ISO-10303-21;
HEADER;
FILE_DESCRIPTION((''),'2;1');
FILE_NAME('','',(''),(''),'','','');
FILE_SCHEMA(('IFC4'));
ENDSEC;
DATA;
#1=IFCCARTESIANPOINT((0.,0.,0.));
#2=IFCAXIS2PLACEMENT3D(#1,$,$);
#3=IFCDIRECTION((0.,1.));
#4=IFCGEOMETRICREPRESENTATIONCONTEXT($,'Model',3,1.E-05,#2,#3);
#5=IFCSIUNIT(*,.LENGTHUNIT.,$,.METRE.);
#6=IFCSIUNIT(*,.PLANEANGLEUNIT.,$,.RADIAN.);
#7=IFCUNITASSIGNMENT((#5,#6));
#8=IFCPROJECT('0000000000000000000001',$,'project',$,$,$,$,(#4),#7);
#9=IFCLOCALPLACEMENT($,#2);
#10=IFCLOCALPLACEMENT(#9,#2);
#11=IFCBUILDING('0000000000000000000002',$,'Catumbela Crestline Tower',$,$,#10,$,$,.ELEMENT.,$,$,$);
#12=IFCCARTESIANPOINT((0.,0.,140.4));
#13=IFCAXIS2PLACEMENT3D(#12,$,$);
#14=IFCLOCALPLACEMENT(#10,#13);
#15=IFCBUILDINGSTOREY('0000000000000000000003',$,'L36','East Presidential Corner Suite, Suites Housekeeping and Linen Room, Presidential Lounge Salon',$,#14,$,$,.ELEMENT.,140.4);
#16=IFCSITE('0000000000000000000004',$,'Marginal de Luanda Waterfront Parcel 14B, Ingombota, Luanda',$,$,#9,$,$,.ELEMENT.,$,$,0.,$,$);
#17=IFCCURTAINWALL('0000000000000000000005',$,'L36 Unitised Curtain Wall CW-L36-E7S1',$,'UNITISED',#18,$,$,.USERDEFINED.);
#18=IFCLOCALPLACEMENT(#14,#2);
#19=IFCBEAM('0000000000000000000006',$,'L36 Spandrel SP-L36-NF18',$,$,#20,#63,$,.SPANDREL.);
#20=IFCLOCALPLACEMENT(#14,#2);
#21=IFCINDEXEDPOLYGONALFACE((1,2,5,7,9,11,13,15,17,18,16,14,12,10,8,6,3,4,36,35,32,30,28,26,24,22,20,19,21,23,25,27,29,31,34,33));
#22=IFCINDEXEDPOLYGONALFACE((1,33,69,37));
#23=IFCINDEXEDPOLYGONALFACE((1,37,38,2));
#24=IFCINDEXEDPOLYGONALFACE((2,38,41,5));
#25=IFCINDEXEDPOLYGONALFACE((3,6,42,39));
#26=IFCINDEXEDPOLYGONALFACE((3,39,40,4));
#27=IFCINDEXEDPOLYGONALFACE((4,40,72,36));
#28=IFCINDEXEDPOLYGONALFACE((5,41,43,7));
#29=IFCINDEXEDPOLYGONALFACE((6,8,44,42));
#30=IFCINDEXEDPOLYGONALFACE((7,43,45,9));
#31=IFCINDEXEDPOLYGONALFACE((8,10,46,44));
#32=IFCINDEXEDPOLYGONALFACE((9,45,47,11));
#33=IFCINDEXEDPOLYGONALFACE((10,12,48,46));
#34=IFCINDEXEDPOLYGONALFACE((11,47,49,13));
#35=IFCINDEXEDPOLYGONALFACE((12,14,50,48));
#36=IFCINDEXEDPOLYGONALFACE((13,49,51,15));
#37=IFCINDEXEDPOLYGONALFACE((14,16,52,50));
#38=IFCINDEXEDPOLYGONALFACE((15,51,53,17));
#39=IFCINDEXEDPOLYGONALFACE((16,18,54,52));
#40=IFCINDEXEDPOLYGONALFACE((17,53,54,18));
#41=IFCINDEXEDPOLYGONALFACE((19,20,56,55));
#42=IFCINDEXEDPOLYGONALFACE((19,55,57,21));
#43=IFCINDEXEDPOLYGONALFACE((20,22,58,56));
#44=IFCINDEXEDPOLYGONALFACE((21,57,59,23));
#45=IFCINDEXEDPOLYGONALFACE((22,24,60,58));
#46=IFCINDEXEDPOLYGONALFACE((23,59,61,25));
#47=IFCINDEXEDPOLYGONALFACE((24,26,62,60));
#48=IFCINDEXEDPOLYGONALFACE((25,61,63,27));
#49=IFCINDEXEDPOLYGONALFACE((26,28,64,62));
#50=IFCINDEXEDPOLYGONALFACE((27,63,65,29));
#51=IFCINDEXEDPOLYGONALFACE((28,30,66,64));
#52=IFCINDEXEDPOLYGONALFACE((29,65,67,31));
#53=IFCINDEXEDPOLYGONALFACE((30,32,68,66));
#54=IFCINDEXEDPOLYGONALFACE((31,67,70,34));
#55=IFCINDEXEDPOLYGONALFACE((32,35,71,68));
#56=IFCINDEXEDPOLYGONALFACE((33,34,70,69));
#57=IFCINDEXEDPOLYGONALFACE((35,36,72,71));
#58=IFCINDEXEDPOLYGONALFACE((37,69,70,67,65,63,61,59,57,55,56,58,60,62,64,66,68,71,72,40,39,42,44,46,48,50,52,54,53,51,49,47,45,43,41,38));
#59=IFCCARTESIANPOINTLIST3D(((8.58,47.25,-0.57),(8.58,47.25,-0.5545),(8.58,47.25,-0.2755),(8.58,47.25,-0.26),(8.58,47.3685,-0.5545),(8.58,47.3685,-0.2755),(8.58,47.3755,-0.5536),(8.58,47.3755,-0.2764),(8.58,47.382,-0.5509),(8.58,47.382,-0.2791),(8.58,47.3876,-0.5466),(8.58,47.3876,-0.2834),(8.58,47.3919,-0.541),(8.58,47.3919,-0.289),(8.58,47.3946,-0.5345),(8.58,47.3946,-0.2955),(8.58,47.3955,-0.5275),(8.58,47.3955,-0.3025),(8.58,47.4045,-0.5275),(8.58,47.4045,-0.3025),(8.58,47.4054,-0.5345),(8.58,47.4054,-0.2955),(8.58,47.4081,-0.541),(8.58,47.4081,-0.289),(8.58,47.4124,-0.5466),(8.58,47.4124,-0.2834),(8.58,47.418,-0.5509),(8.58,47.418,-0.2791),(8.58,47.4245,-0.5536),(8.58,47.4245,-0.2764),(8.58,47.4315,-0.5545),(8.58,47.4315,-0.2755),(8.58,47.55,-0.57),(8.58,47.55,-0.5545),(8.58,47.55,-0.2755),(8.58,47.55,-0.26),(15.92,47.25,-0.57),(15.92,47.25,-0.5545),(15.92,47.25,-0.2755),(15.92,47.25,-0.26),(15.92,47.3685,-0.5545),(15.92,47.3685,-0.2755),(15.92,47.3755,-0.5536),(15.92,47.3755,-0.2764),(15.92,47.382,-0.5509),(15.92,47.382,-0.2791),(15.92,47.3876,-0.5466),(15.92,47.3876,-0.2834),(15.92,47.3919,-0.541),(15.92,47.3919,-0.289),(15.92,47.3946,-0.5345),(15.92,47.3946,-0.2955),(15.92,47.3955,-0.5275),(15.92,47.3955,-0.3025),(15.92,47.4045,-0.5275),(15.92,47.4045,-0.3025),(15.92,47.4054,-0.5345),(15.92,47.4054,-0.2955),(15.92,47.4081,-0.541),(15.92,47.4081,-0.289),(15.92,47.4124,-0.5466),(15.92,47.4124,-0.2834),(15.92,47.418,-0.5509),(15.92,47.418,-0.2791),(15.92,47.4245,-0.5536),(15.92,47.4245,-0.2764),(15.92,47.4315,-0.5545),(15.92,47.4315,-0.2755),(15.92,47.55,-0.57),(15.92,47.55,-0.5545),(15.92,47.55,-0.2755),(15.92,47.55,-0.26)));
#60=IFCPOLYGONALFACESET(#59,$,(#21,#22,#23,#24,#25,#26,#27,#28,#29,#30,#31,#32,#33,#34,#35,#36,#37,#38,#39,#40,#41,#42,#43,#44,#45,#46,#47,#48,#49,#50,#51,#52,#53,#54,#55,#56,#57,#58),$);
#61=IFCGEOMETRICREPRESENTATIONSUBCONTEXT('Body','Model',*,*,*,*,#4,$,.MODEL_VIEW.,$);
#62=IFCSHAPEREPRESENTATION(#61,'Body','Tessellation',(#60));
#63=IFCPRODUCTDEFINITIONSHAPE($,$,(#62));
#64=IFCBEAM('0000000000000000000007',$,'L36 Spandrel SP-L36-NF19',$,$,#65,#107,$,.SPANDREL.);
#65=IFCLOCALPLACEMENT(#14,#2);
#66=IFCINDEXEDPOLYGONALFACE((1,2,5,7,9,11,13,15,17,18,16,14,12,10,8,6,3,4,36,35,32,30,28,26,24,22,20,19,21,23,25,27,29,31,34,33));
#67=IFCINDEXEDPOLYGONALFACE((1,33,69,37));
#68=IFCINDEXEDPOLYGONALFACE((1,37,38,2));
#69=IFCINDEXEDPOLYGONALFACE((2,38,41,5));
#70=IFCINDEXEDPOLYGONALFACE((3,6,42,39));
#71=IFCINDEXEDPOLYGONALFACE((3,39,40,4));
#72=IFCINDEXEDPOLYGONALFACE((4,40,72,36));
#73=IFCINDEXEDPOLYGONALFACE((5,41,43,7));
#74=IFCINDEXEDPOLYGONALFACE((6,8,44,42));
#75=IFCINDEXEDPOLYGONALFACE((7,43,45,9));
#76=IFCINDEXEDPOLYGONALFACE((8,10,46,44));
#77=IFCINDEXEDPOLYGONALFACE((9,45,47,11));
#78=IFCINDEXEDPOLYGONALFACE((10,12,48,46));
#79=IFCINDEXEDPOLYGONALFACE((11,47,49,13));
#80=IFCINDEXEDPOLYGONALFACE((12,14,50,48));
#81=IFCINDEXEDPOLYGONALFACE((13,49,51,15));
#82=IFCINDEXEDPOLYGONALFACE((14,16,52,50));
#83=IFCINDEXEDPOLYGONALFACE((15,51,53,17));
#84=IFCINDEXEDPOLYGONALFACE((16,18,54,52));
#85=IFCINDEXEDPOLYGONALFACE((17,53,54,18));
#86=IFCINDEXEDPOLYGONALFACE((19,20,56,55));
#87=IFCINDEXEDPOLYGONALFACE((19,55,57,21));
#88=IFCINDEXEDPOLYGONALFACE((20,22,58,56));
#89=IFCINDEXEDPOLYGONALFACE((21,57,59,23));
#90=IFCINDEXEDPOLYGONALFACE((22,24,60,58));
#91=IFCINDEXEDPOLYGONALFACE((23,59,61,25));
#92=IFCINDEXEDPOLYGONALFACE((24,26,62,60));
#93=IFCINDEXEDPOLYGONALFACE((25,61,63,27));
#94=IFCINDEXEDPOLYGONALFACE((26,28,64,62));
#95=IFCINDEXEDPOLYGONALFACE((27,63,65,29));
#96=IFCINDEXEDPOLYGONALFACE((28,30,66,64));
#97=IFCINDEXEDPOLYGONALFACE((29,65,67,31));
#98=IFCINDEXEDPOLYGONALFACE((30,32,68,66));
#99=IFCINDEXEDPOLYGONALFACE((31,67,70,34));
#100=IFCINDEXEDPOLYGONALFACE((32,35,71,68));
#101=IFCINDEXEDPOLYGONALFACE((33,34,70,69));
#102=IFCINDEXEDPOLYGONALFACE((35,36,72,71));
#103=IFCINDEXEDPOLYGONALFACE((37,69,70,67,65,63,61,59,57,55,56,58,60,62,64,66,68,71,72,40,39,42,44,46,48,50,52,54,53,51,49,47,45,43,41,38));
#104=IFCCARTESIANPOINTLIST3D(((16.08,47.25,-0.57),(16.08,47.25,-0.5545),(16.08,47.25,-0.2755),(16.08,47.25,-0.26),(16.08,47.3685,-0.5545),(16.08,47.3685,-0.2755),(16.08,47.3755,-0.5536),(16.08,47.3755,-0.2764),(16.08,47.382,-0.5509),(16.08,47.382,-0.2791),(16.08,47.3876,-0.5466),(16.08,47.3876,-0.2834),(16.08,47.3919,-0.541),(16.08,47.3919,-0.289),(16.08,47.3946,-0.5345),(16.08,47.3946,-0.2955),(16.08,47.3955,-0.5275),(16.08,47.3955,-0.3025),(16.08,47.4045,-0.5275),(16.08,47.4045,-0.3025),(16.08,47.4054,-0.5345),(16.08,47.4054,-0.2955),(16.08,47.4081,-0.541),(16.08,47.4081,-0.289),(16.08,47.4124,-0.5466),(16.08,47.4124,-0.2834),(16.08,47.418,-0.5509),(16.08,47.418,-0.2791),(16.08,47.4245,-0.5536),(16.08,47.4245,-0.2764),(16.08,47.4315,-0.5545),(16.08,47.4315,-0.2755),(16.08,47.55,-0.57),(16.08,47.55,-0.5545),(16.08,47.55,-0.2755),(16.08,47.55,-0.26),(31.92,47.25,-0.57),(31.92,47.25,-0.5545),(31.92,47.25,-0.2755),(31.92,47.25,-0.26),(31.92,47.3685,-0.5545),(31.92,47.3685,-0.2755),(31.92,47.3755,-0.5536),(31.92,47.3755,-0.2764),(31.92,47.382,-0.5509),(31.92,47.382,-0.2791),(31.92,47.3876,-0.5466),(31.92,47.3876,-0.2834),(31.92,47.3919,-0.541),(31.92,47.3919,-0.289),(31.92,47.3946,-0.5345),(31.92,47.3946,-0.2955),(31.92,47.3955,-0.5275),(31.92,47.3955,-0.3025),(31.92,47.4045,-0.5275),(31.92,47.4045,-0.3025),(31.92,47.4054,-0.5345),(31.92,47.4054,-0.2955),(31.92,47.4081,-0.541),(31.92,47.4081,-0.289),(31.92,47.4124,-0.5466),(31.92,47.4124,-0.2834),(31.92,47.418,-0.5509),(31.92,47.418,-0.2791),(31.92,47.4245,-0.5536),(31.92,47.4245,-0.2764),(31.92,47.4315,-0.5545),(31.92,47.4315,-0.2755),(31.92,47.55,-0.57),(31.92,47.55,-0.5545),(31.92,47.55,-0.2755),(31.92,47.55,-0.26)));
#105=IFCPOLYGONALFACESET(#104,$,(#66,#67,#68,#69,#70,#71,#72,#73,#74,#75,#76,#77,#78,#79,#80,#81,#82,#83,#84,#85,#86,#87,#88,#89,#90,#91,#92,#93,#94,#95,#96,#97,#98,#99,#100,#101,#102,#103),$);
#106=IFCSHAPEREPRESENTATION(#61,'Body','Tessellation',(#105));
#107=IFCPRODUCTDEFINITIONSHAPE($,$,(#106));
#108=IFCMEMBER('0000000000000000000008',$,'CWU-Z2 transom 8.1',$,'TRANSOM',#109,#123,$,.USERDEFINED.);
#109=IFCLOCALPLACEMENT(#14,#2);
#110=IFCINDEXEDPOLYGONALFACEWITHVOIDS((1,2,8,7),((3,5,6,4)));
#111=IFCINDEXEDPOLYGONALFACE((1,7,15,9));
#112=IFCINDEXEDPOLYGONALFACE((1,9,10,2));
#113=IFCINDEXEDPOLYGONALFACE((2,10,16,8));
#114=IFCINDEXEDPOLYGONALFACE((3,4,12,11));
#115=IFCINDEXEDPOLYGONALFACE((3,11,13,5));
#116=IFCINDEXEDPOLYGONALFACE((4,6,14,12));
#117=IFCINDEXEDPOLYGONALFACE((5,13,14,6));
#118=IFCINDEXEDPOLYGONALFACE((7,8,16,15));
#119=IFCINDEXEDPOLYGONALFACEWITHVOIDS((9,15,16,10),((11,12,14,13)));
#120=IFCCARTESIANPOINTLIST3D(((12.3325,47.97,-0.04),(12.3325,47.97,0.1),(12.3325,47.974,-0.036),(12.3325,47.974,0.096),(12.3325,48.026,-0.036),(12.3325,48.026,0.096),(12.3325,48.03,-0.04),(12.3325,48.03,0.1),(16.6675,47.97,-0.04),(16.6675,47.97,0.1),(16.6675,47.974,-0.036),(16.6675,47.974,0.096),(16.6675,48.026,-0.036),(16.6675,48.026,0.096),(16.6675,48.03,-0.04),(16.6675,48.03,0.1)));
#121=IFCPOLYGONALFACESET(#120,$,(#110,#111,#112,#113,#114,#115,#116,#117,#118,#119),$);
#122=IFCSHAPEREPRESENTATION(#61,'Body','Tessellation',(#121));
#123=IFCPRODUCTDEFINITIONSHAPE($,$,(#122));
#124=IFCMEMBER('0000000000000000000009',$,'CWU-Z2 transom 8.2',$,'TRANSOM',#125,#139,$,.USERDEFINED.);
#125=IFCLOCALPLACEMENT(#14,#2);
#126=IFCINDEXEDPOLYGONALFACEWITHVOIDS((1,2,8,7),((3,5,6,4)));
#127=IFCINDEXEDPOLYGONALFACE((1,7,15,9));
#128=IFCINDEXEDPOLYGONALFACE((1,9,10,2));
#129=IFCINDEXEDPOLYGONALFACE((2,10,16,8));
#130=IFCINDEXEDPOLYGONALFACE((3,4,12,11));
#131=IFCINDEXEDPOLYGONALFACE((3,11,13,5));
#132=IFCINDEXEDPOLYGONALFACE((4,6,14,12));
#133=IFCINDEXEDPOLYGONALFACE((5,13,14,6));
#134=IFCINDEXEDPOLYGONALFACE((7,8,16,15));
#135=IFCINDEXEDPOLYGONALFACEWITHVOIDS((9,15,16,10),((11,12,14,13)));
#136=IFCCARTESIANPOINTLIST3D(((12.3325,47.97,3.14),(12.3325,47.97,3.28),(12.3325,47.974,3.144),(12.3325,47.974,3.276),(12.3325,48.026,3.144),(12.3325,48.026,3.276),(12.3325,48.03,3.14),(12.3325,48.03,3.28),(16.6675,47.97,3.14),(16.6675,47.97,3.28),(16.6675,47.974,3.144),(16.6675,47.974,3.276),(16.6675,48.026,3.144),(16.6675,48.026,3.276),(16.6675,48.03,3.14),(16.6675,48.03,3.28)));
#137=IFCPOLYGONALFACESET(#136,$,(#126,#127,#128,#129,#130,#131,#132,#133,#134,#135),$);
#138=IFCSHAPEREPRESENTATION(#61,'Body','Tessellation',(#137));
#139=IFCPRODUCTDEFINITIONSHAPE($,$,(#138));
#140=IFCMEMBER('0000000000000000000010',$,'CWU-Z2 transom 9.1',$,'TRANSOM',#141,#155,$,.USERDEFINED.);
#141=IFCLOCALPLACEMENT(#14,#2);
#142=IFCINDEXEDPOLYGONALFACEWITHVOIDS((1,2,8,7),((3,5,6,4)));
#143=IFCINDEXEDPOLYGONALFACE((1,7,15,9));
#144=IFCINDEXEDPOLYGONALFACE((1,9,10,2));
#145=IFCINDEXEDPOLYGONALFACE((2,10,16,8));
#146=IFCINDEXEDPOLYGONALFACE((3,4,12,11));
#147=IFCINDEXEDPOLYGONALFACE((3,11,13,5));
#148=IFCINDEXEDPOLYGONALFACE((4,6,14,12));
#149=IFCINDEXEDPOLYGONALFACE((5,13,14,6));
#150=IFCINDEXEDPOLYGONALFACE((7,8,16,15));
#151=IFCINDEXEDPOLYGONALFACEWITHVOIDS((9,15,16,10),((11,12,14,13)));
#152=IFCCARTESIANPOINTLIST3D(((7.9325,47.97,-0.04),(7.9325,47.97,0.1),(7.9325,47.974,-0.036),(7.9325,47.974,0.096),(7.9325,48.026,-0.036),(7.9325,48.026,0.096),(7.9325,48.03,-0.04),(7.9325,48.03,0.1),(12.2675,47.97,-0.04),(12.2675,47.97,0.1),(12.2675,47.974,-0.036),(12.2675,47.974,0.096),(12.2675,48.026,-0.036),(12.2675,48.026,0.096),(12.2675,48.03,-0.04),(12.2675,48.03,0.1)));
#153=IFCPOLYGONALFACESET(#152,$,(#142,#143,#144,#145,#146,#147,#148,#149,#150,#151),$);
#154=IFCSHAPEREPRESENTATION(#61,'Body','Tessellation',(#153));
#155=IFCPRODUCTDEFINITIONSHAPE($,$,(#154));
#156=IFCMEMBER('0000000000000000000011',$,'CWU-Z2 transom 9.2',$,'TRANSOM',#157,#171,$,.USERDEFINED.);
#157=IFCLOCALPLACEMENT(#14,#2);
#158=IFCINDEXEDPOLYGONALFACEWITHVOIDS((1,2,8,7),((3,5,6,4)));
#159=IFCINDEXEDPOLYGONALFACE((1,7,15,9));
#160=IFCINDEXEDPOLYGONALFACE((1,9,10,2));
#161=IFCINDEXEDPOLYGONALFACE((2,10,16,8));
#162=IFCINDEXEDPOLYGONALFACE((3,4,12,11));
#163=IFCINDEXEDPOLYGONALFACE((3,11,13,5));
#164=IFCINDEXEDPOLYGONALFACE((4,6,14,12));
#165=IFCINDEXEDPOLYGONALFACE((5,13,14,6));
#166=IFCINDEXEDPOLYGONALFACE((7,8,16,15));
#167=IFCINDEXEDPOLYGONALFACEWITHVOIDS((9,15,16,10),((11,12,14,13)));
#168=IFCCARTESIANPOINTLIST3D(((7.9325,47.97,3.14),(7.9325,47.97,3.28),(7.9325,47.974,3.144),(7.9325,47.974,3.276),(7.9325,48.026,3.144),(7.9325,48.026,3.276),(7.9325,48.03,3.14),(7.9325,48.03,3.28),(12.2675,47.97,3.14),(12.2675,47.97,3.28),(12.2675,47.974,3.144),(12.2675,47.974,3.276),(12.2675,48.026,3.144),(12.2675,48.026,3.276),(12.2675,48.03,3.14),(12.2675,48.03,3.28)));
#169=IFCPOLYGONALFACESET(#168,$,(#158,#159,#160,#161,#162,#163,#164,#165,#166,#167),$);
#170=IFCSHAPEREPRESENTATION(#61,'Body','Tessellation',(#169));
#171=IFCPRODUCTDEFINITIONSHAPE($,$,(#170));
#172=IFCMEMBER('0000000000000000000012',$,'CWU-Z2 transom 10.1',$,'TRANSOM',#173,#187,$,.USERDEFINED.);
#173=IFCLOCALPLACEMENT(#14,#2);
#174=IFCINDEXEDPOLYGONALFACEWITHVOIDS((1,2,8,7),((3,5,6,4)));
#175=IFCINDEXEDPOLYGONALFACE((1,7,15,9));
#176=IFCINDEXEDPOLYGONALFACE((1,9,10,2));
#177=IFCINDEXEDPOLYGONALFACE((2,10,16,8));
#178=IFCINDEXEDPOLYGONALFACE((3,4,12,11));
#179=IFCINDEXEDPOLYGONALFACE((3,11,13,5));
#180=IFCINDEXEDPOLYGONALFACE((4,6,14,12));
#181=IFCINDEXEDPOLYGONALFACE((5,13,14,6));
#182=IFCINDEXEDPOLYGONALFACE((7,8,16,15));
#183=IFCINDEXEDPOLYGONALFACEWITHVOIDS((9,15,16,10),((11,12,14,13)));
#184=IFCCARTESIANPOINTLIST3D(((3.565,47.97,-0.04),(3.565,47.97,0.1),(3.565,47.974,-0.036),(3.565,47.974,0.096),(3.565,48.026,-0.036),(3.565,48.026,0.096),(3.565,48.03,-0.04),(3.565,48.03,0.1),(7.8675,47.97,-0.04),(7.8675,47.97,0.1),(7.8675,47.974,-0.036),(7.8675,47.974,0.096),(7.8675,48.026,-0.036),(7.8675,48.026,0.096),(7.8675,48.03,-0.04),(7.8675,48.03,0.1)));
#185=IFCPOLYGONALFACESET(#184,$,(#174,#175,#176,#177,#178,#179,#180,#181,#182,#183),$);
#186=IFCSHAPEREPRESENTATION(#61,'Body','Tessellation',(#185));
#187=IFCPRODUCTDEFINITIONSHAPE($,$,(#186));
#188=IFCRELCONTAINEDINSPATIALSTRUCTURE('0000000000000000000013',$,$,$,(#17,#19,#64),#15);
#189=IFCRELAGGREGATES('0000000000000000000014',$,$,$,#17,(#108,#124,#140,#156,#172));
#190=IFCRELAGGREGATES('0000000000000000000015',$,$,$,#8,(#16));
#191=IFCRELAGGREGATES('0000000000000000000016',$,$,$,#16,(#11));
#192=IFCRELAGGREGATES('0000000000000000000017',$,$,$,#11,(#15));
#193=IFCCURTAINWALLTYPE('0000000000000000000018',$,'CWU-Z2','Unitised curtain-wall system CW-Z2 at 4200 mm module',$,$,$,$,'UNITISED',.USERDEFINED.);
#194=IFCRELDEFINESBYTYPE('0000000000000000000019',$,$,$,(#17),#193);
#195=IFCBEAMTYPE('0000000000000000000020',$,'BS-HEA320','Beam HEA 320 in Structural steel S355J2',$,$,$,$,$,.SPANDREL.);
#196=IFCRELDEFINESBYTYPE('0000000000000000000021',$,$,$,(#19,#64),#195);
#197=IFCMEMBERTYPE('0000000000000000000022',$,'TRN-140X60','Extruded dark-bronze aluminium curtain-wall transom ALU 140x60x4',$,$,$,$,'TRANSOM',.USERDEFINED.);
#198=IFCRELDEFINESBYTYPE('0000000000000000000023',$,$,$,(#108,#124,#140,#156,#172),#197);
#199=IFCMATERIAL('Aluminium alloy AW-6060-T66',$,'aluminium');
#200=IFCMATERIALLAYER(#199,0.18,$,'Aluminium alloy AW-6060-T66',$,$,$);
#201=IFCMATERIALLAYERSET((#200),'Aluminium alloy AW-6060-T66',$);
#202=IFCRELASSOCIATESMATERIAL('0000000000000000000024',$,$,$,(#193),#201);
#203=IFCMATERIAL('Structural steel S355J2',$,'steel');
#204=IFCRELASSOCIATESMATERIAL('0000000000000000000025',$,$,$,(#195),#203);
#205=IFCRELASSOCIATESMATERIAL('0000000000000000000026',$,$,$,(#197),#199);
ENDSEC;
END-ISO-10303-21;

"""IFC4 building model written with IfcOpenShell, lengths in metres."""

from ifc_helpers import new_model, si_unit, direction, frame, origin, origin_2d, place, context, subcontext, project, spatial, hollow_rectangle, i_section, extrude, material, layer, layer_set, material_profile, profile_set, type_object, element, aggregate, save


model = new_model("IFC4")

# Units and contexts
model_context = context("Model", 3, precision=1e-05, world=origin(), true_north=direction((0.0, 1.0)))
body_context = subcontext(model_context, "Body", "Model", "MODEL_VIEW")
ifc_project = project(units=[si_unit("LENGTHUNIT", "METRE"), si_unit("PLANEANGLEUNIT", "RADIAN")], contexts=[model_context])

# Site, building, storey
site_placement = place(None, origin())
site = spatial("IfcSite", under=ifc_project, at=site_placement, Name="Marginal de Luanda Waterfront Parcel 14B, Ingombota, Luanda", CompositionType="ELEMENT", RefElevation=0.0)
building_placement = place(site_placement, origin())
building = spatial("IfcBuilding", under=site, at=building_placement, Name="Catumbela Crestline Tower", CompositionType="ELEMENT")
storey_placement = place(building_placement, frame((0.0, 0.0, 140.4)))
storey = spatial("IfcBuildingStorey", under=building, at=storey_placement, Name="L36", Description="East Presidential Corner Suite, Suites Housekeeping and Linen Room, Presidential Lounge Salon", CompositionType="ELEMENT", Elevation=140.4)

# Curtain wall
ifc_material_1 = material(Name="Aluminium alloy AW-6060-T66", Category="aluminium")
ifc_layer_1 = layer(ifc_material_1, 0.18, Name="Aluminium alloy AW-6060-T66")
ifc_layer_set_1 = layer_set([ifc_layer_1], Name="Aluminium alloy AW-6060-T66")
curtain_wall_type = type_object("IfcCurtainWallType", Name="CWU-Z2", Description="Unitised curtain-wall system CW-Z2 at 4200 mm module", ElementType="UNITISED", PredefinedType="USERDEFINED", material=ifc_layer_set_1)
curtain_wall_placement = place(storey_placement, origin())
curtain_wall = element("IfcCurtainWall", 1, at=curtain_wall_placement, inside=storey, type_object=curtain_wall_type, Name="L36 Unitised Curtain Wall CW-L36-E7S1", ObjectType="UNITISED", PredefinedType="USERDEFINED")

# Beams
ifc_material_2 = material(Name="Structural steel S355J2", Category="steel")
ifc_material_profile_1 = material_profile(ifc_material_2, i_section(OverallWidth=0.3, OverallDepth=0.31, WebThickness=0.009, FlangeThickness=0.0155, FilletRadius=0.027, at=origin_2d()), Name="HEA 320")
ifc_profile_set_1 = profile_set([ifc_material_profile_1], Name="Structural steel S355J2")
beam_type = type_object("IfcBeamType", Name="BS-HEA320", Description="Beam HEA 320 in Structural steel S355J2", PredefinedType="SPANDREL", material=ifc_profile_set_1)
beam_1_placement = place(storey_placement, frame((8.58, 47.4, -0.415), z_axis=(1.0, 0.0, 0.0), x_axis=(0.0, 1.0, 0.0)))
element("IfcBeam", 2, at=beam_1_placement, inside=storey, type_object=beam_type, Name="L36 Spandrel SP-L36-NF18", PredefinedType="SPANDREL", context=body_context, shape_type="SweptSolid", body=[
    extrude(i_section(OverallWidth=0.3, OverallDepth=0.31, WebThickness=0.009, FlangeThickness=0.0155, FilletRadius=0.027, at=origin_2d()), origin(), (0.0, 0.0, 1.0), 7.34),
])
beam_2_placement = place(storey_placement, frame((16.08, 47.4, -0.415), z_axis=(1.0, 0.0, 0.0), x_axis=(0.0, 1.0, 0.0)))
element("IfcBeam", 3, at=beam_2_placement, inside=storey, type_object=beam_type, Name="L36 Spandrel SP-L36-NF19", PredefinedType="SPANDREL", context=body_context, shape_type="SweptSolid", body=[
    extrude(i_section(OverallWidth=0.3, OverallDepth=0.31, WebThickness=0.009, FlangeThickness=0.0155, FilletRadius=0.027, at=origin_2d()), origin(), (0.0, 0.0, 1.0), 15.84),
])

# Members
ifc_material_profile_2 = material_profile(ifc_material_1, hollow_rectangle(XDim=0.06, YDim=0.14, WallThickness=0.004, at=origin_2d()), Name="ALU 140x60x4")
ifc_profile_set_2 = profile_set([ifc_material_profile_2], Name="Aluminium alloy AW-6060-T66")
member_type_1 = type_object("IfcMemberType", Name="TRN-140X60", Description="Extruded dark-bronze aluminium curtain-wall transom ALU 140x60x4", ElementType="TRANSOM", PredefinedType="USERDEFINED", material=ifc_profile_set_2)
member_1_placement = place(storey_placement, frame((16.6675, 48.0, 0.03), z_axis=(-1.0, 0.0, 0.0), x_axis=(0.0, -1.0, 0.0)))
member_1 = element("IfcMember", 4, at=member_1_placement, type_object=member_type_1, Name="CWU-Z2 transom 8.1", ObjectType="TRANSOM", PredefinedType="USERDEFINED", context=body_context, shape_type="SweptSolid", body=[
    extrude(hollow_rectangle(XDim=0.06, YDim=0.14, WallThickness=0.004, at=origin_2d()), origin(), (0.0, 0.0, 1.0), 4.335),
])
member_2_placement = place(storey_placement, frame((16.6675, 48.0, 3.21), z_axis=(-1.0, 0.0, 0.0), x_axis=(0.0, -1.0, 0.0)))
member_2 = element("IfcMember", 5, at=member_2_placement, type_object=member_type_1, Name="CWU-Z2 transom 8.2", ObjectType="TRANSOM", PredefinedType="USERDEFINED", context=body_context, shape_type="SweptSolid", body=[
    extrude(hollow_rectangle(XDim=0.06, YDim=0.14, WallThickness=0.004, at=origin_2d()), origin(), (0.0, 0.0, 1.0), 4.335),
])
member_3_placement = place(storey_placement, frame((12.2675, 48.0, 0.03), z_axis=(-1.0, 0.0, 0.0), x_axis=(0.0, -1.0, 0.0)))
member_3 = element("IfcMember", 6, at=member_3_placement, type_object=member_type_1, Name="CWU-Z2 transom 9.1", ObjectType="TRANSOM", PredefinedType="USERDEFINED", context=body_context, shape_type="SweptSolid", body=[
    extrude(hollow_rectangle(XDim=0.06, YDim=0.14, WallThickness=0.004, at=origin_2d()), origin(), (0.0, 0.0, 1.0), 4.335),
])
member_4_placement = place(storey_placement, frame((12.2675, 48.0, 3.21), z_axis=(-1.0, 0.0, 0.0), x_axis=(0.0, -1.0, 0.0)))
member_4 = element("IfcMember", 7, at=member_4_placement, type_object=member_type_1, Name="CWU-Z2 transom 9.2", ObjectType="TRANSOM", PredefinedType="USERDEFINED", context=body_context, shape_type="SweptSolid", body=[
    extrude(hollow_rectangle(XDim=0.06, YDim=0.14, WallThickness=0.004, at=origin_2d()), origin(), (0.0, 0.0, 1.0), 4.335),
])
member_5_placement = place(storey_placement, frame((7.8675, 48.0, 0.03), z_axis=(-1.0, 0.0, 0.0), x_axis=(0.0, -1.0, 0.0)))
member_5 = element("IfcMember", 8, at=member_5_placement, type_object=member_type_1, Name="CWU-Z2 transom 10.1", ObjectType="TRANSOM", PredefinedType="USERDEFINED", context=body_context, shape_type="SweptSolid", body=[
    extrude(hollow_rectangle(XDim=0.06, YDim=0.14, WallThickness=0.004, at=origin_2d()), origin(), (0.0, 0.0, 1.0), 4.3025),
])

aggregate(curtain_wall, [member_1, member_2, member_3, member_4, member_5])

save(model, "model.ifc")
